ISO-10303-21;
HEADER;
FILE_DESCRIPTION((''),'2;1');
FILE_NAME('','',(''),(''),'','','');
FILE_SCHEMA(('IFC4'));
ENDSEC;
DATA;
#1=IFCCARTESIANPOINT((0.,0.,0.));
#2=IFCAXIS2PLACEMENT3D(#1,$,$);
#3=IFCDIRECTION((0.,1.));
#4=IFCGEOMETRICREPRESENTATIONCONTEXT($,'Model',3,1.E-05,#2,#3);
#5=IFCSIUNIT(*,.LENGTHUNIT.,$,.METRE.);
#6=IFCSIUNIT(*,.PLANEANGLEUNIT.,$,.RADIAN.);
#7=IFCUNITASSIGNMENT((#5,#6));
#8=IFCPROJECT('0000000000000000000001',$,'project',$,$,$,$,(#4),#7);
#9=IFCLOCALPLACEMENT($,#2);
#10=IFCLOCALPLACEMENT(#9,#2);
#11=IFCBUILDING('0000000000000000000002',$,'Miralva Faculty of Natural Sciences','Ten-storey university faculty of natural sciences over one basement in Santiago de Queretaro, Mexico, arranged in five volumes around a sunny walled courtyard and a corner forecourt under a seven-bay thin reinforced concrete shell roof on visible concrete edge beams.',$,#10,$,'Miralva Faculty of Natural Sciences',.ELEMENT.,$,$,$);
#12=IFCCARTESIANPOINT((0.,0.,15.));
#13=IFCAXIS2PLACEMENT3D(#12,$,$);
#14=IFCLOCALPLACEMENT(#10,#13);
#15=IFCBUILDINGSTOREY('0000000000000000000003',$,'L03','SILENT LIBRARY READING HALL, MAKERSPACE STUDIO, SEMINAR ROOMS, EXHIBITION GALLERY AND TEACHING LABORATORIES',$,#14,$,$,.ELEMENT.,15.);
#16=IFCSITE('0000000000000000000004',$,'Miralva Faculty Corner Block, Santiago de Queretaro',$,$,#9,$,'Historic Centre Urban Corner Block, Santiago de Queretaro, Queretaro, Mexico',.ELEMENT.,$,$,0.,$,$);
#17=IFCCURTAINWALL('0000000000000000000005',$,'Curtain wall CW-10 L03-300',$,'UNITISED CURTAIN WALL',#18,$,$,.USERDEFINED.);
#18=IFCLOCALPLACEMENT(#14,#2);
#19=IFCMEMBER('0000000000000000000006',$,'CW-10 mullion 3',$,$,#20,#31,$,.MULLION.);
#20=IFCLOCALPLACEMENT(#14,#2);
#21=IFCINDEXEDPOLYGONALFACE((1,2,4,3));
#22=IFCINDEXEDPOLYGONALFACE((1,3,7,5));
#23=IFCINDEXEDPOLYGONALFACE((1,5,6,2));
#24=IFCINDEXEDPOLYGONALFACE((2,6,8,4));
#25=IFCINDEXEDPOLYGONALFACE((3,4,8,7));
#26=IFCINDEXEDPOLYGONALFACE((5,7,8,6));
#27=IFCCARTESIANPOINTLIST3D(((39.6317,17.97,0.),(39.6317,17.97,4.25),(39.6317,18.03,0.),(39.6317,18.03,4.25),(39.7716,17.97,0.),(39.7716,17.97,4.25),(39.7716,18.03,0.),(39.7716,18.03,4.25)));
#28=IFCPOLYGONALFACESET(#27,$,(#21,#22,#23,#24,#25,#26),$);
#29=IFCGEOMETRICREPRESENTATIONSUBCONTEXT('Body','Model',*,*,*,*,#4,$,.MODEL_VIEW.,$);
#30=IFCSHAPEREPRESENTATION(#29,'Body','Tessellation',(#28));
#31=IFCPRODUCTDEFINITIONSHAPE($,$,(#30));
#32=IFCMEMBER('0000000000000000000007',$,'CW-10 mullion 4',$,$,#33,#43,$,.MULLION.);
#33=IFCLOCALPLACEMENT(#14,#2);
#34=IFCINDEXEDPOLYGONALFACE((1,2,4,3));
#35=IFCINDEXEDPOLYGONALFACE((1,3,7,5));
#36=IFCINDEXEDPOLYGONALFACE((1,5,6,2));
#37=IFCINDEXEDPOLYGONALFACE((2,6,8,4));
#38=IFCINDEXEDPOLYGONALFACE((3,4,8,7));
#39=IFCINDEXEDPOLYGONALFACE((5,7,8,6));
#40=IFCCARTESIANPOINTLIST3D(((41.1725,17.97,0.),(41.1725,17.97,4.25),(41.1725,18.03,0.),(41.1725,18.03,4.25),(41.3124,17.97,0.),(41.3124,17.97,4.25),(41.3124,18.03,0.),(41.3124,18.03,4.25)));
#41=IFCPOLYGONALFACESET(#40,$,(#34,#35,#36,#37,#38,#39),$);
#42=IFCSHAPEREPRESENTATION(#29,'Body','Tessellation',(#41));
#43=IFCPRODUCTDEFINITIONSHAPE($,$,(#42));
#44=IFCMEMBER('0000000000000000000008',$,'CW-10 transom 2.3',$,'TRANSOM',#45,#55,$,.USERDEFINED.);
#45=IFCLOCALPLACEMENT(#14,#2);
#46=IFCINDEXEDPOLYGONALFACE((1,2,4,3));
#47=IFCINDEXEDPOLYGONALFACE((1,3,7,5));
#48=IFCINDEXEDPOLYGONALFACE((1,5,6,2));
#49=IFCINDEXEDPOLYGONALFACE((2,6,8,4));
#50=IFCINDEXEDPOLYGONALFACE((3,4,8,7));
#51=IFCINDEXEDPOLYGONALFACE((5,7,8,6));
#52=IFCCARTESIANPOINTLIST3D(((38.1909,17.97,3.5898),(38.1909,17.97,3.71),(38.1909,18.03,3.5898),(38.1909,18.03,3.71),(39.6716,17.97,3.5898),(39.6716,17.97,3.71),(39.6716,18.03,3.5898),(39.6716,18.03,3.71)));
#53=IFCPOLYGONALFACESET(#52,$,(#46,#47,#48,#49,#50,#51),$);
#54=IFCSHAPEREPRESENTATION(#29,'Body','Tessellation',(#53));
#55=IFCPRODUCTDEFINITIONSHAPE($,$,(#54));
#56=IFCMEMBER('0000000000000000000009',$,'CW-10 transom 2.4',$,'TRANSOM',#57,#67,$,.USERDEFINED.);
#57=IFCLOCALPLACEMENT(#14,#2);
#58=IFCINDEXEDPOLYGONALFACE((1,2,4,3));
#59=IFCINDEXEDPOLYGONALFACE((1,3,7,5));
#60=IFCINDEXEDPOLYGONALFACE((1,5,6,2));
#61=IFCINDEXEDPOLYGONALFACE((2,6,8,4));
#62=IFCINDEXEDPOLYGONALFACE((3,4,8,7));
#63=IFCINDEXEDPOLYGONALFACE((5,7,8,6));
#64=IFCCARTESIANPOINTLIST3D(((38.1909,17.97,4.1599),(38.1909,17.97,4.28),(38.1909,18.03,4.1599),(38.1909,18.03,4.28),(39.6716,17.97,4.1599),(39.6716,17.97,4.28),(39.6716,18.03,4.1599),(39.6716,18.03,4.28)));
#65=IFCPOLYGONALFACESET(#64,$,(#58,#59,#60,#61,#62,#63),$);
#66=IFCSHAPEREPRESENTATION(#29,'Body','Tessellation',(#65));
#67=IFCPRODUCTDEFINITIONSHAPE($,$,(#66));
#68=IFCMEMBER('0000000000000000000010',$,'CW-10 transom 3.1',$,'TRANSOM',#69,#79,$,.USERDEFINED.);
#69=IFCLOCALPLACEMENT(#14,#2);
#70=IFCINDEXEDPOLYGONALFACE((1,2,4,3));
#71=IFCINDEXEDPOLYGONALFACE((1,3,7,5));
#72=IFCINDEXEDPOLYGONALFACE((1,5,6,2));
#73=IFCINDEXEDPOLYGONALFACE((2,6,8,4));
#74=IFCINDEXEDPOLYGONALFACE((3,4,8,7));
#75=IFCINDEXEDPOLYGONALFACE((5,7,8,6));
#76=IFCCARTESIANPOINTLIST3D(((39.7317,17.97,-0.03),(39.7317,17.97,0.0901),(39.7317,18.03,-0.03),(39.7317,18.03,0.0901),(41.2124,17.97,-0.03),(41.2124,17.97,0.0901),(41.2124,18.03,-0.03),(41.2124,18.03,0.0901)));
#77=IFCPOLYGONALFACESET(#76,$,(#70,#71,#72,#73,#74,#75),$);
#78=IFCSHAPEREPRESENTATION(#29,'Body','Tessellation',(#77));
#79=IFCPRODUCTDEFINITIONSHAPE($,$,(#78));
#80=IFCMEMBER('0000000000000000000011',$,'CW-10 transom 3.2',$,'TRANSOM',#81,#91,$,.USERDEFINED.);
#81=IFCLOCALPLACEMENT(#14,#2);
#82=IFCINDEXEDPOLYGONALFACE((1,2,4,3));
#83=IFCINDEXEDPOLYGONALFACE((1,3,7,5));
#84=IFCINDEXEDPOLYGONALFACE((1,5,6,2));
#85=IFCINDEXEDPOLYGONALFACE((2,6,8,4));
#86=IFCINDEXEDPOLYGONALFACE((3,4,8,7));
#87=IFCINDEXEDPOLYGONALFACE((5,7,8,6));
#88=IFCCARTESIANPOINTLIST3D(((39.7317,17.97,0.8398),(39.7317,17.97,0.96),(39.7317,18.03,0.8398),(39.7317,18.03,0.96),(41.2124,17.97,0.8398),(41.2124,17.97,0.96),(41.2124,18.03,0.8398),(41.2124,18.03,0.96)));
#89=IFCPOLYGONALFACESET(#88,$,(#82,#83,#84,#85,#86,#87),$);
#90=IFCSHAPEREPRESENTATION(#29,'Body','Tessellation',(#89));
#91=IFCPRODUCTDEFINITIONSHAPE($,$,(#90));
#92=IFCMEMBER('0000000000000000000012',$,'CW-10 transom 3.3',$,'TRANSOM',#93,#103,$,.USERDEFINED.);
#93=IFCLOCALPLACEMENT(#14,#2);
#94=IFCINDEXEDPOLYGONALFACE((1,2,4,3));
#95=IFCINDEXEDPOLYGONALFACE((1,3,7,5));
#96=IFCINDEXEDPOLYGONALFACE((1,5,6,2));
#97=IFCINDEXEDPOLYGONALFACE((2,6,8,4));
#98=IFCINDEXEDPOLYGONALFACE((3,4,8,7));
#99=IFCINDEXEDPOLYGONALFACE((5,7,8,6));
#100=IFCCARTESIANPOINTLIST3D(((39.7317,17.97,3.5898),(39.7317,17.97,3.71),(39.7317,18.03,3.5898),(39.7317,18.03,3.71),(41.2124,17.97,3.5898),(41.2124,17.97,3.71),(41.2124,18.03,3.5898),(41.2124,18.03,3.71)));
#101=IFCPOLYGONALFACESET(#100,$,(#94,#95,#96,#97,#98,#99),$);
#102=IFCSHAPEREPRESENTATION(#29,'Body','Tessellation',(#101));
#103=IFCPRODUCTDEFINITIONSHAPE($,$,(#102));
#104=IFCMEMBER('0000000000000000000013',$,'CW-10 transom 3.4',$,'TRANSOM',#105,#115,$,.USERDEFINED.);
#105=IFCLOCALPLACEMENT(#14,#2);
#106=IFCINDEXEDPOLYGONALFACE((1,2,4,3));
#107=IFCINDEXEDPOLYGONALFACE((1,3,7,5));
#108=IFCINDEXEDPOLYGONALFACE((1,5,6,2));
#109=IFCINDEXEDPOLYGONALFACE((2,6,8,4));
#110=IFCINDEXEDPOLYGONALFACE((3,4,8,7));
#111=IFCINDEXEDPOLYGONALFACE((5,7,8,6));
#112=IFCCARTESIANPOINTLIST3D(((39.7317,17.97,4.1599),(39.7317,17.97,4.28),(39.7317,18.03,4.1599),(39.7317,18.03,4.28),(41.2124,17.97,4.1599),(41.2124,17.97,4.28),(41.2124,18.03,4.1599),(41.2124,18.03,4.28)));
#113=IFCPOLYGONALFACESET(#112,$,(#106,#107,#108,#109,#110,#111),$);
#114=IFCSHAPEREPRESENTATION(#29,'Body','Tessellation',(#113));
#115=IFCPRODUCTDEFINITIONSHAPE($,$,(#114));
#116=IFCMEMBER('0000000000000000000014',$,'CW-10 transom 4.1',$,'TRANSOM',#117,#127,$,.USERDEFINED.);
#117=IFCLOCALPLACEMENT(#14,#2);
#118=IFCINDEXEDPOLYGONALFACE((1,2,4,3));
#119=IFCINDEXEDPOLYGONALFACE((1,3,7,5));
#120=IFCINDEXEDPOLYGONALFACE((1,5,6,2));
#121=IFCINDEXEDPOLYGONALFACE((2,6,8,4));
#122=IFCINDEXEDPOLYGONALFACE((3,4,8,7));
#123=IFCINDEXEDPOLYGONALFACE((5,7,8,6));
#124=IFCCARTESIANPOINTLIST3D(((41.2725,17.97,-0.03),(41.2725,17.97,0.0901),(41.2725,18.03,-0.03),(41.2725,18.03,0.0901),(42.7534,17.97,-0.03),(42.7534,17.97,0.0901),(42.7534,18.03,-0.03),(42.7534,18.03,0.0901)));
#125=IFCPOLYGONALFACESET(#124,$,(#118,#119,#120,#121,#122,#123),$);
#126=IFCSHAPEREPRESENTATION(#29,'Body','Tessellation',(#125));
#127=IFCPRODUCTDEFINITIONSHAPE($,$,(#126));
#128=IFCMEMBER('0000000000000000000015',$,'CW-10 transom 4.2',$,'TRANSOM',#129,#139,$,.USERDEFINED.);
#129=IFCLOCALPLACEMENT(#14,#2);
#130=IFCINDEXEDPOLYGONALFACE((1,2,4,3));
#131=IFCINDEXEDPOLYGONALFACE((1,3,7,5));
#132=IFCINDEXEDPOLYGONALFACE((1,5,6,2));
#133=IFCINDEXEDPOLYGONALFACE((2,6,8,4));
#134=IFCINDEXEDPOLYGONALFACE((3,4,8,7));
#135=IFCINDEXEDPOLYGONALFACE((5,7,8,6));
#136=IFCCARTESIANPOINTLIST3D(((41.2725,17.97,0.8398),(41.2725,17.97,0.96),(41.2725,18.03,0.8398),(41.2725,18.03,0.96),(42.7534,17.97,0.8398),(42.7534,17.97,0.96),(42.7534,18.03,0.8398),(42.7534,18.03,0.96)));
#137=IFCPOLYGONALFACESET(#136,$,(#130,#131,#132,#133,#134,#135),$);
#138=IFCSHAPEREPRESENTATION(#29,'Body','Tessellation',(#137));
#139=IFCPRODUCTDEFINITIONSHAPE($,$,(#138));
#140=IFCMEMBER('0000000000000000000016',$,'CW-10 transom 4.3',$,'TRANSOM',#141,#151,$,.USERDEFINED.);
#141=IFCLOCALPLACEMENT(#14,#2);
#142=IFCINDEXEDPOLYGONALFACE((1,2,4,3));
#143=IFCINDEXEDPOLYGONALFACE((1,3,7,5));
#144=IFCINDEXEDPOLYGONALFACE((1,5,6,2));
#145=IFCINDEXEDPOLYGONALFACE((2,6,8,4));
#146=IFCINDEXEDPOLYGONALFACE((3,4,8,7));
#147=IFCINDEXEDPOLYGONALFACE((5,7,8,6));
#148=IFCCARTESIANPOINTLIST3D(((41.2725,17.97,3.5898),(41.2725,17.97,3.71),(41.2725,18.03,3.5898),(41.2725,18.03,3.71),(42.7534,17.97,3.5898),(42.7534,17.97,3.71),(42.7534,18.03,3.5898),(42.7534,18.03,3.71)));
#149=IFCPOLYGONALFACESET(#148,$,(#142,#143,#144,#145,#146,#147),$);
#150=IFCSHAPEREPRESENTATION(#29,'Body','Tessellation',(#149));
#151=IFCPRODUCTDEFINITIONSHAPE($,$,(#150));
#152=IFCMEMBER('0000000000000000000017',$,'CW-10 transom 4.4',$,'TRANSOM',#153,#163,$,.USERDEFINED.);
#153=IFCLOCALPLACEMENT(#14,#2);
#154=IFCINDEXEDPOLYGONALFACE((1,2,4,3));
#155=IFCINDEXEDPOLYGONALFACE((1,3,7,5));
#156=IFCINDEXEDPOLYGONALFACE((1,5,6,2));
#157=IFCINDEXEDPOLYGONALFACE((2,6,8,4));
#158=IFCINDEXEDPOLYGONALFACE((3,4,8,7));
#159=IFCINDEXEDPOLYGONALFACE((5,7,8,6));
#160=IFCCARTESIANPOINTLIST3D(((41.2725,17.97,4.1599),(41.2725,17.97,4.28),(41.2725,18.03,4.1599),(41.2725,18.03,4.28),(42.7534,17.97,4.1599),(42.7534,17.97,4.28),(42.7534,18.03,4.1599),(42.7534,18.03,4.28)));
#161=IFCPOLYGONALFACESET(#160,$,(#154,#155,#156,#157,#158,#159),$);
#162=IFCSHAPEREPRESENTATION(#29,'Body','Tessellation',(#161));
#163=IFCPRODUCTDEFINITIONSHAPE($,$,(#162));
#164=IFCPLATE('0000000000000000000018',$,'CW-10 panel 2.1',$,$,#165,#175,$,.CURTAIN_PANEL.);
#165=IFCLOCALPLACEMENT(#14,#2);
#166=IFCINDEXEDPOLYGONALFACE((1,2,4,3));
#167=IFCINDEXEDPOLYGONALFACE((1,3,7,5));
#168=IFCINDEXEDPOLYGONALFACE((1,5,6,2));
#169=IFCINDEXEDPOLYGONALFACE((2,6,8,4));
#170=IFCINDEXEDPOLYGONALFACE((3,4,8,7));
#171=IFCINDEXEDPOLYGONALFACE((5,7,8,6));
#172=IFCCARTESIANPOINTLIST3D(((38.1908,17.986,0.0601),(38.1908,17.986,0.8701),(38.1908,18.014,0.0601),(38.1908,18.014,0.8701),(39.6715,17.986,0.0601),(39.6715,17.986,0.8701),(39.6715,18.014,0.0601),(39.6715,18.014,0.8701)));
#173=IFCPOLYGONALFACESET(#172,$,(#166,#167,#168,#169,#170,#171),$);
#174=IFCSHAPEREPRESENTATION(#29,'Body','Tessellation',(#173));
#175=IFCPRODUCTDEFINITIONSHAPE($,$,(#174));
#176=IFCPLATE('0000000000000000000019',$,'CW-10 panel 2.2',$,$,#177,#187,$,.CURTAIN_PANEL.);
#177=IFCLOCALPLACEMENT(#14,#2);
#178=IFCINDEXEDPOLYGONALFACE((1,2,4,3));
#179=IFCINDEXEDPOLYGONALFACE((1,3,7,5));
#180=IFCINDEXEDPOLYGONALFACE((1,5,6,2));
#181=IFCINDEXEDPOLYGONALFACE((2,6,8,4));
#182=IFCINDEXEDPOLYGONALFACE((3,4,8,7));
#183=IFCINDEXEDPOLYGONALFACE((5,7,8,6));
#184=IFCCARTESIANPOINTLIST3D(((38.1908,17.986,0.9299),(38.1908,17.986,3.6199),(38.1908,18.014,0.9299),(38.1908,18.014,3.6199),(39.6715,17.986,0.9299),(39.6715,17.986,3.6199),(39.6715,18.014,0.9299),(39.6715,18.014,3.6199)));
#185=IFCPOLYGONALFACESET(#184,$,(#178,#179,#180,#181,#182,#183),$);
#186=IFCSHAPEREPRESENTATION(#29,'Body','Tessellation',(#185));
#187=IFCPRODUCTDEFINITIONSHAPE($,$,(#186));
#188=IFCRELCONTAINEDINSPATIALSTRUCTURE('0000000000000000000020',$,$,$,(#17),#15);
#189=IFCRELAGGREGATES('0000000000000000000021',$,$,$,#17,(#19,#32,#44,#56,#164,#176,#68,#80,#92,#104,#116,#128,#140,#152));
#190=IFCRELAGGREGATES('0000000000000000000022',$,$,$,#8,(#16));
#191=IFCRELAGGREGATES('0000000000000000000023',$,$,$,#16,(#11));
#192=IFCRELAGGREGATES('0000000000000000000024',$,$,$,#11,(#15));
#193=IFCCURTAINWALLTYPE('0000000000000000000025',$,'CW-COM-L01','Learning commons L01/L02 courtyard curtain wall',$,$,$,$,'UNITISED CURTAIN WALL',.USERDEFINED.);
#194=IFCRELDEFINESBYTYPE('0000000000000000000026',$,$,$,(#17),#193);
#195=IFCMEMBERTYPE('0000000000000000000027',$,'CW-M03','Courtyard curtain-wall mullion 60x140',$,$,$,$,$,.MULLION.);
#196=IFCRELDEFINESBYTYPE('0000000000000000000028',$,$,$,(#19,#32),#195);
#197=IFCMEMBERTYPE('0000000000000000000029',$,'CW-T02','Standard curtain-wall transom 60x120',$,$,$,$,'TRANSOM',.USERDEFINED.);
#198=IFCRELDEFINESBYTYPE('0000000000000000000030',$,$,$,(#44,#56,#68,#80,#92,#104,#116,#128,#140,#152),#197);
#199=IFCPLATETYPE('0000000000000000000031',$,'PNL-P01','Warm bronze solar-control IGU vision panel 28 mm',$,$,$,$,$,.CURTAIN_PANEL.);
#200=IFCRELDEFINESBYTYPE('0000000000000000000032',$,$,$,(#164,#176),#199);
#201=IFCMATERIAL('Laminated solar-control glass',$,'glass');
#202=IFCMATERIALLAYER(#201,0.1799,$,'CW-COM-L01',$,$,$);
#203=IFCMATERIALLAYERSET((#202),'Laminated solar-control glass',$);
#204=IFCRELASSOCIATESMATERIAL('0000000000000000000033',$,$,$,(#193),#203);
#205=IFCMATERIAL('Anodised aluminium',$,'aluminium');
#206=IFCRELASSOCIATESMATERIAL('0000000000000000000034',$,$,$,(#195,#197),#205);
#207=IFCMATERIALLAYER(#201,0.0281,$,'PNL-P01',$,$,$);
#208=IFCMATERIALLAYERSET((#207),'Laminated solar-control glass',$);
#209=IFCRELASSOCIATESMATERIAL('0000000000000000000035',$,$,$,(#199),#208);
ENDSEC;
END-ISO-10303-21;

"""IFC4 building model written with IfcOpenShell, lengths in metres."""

from ifc_helpers import new_model, si_unit, direction, frame, origin, origin_2d, place, context, subcontext, project, spatial, rectangle, extrude, material, layer, layer_set, material_profile, profile_set, type_object, element, aggregate, save


model = new_model("IFC4")

# Units and contexts
model_context = context("Model", 3, precision=1e-05, world=origin(), true_north=direction((0.0, 1.0)))
body_context = subcontext(model_context, "Body", "Model", "MODEL_VIEW")
ifc_project = project(units=[si_unit("LENGTHUNIT", "METRE"), si_unit("PLANEANGLEUNIT", "RADIAN")], contexts=[model_context])

# Site, building, storey
site_placement = place(None, origin())
site = spatial("IfcSite", under=ifc_project, at=site_placement, Name="Miralva Faculty Corner Block, Santiago de Queretaro", LongName="Historic Centre Urban Corner Block, Santiago de Queretaro, Queretaro, Mexico", CompositionType="ELEMENT", RefElevation=0.0)
building_placement = place(site_placement, origin())
building = spatial("IfcBuilding", under=site, at=building_placement, Name="Miralva Faculty of Natural Sciences", Description="Ten-storey university faculty of natural sciences over one basement in Santiago de Queretaro, Mexico, arranged in five volumes around a sunny walled courtyard and a corner forecourt under a seven-bay thin reinforced concrete shell roof on visible concrete edge beams.", LongName="Miralva Faculty of Natural Sciences", CompositionType="ELEMENT")
storey_placement = place(building_placement, frame((0.0, 0.0, 15.0)))
storey = spatial("IfcBuildingStorey", under=building, at=storey_placement, Name="L03", Description="SILENT LIBRARY READING HALL, MAKERSPACE STUDIO, SEMINAR ROOMS, EXHIBITION GALLERY AND TEACHING LABORATORIES", CompositionType="ELEMENT", Elevation=15.0)

# Curtain wall, members, plates
ifc_material_1 = material(Name="Laminated solar-control glass", Category="glass")
ifc_layer_1 = layer(ifc_material_1, 0.1799, Name="CW-COM-L01")
ifc_layer_set_1 = layer_set([ifc_layer_1], Name="Laminated solar-control glass")
curtain_wall_type = type_object("IfcCurtainWallType", Name="CW-COM-L01", Description="Learning commons L01/L02 courtyard curtain wall", ElementType="UNITISED CURTAIN WALL", PredefinedType="USERDEFINED", material=ifc_layer_set_1)
curtain_wall_placement = place(storey_placement, origin())
curtain_wall = element("IfcCurtainWall", 1, at=curtain_wall_placement, inside=storey, type_object=curtain_wall_type, Name="Curtain wall CW-10 L03-300", ObjectType="UNITISED CURTAIN WALL", PredefinedType="USERDEFINED")
ifc_material_2 = material(Name="Anodised aluminium", Category="aluminium")
ifc_material_profile_1 = material_profile(ifc_material_2, rectangle(XDim=0.0601, YDim=0.1399, at=origin_2d()), Name="MULLION 60x140")
ifc_profile_set_1 = profile_set([ifc_material_profile_1], Name="Anodised aluminium")
member_type_1 = type_object("IfcMemberType", Name="CW-M03", Description="Courtyard curtain-wall mullion 60x140", PredefinedType="MULLION", material=ifc_profile_set_1)
member_1_placement = place(storey_placement, frame((39.7017, 18.0, 0.0), z_axis=(0.0, 0.0, 1.0), x_axis=(0.0, 1.0, 0.0)))
member_1 = element("IfcMember", 2, at=member_1_placement, type_object=member_type_1, Name="CW-10 mullion 3", PredefinedType="MULLION", context=body_context, shape_type="SweptSolid", body=[
    extrude(rectangle(XDim=0.0601, YDim=0.1399, at=origin_2d()), origin(), (0.0, 0.0, 1.0), 4.25),
])
member_2_placement = place(storey_placement, frame((41.2424, 18.0, 0.0), z_axis=(0.0, 0.0, 1.0), x_axis=(0.0, 1.0, 0.0)))
member_2 = element("IfcMember", 3, at=member_2_placement, type_object=member_type_1, Name="CW-10 mullion 4", PredefinedType="MULLION", context=body_context, shape_type="SweptSolid", body=[
    extrude(rectangle(XDim=0.0601, YDim=0.1399, at=origin_2d()), origin(), (0.0, 0.0, 1.0), 4.25),
])
ifc_material_profile_2 = material_profile(ifc_material_2, rectangle(XDim=0.0601, YDim=0.1201, at=origin_2d()), Name="TRANSOM 60x120")
ifc_profile_set_2 = profile_set([ifc_material_profile_2], Name="Anodised aluminium")
member_type_2 = type_object("IfcMemberType", Name="CW-T02", Description="Standard curtain-wall transom 60x120", ElementType="TRANSOM", PredefinedType="USERDEFINED", material=ifc_profile_set_2)
member_3_placement = place(storey_placement, frame((38.1909, 18.0, 3.6499), z_axis=(1.0, 0.0, 0.0), x_axis=(0.0, 1.0, 0.0)))
member_3 = element("IfcMember", 4, at=member_3_placement, type_object=member_type_2, Name="CW-10 transom 2.3", ObjectType="TRANSOM", PredefinedType="USERDEFINED", context=body_context, shape_type="SweptSolid", body=[
    extrude(rectangle(XDim=0.0601, YDim=0.1201, at=origin_2d()), origin(), (0.0, 0.0, 1.0), 1.4807),
])
member_4_placement = place(storey_placement, frame((38.1909, 18.0, 4.22), z_axis=(1.0, 0.0, 0.0), x_axis=(0.0, 1.0, 0.0)))
member_4 = element("IfcMember", 5, at=member_4_placement, type_object=member_type_2, Name="CW-10 transom 2.4", ObjectType="TRANSOM", PredefinedType="USERDEFINED", context=body_context, shape_type="SweptSolid", body=[
    extrude(rectangle(XDim=0.0601, YDim=0.1201, at=origin_2d()), origin(), (0.0, 0.0, 1.0), 1.4807),
])
member_5_placement = place(storey_placement, frame((39.7317, 18.0, 0.03), z_axis=(1.0, 0.0, 0.0), x_axis=(0.0, 1.0, 0.0)))
member_5 = element("IfcMember", 6, at=member_5_placement, type_object=member_type_2, Name="CW-10 transom 3.1", ObjectType="TRANSOM", PredefinedType="USERDEFINED", context=body_context, shape_type="SweptSolid", body=[
    extrude(rectangle(XDim=0.0601, YDim=0.1201, at=origin_2d()), origin(), (0.0, 0.0, 1.0), 1.4807),
])
member_6_placement = place(storey_placement, frame((39.7317, 18.0, 0.8999), z_axis=(1.0, 0.0, 0.0), x_axis=(0.0, 1.0, 0.0)))
member_6 = element("IfcMember", 7, at=member_6_placement, type_object=member_type_2, Name="CW-10 transom 3.2", ObjectType="TRANSOM", PredefinedType="USERDEFINED", context=body_context, shape_type="SweptSolid", body=[
    extrude(rectangle(XDim=0.0601, YDim=0.1201, at=origin_2d()), origin(), (0.0, 0.0, 1.0), 1.4807),
])
member_7_placement = place(storey_placement, frame((39.7317, 18.0, 3.6499), z_axis=(1.0, 0.0, 0.0), x_axis=(0.0, 1.0, 0.0)))
member_7 = element("IfcMember", 8, at=member_7_placement, type_object=member_type_2, Name="CW-10 transom 3.3", ObjectType="TRANSOM", PredefinedType="USERDEFINED", context=body_context, shape_type="SweptSolid", body=[
    extrude(rectangle(XDim=0.0601, YDim=0.1201, at=origin_2d()), origin(), (0.0, 0.0, 1.0), 1.4807),
])
member_8_placement = place(storey_placement, frame((39.7317, 18.0, 4.22), z_axis=(1.0, 0.0, 0.0), x_axis=(0.0, 1.0, 0.0)))
member_8 = element("IfcMember", 9, at=member_8_placement, type_object=member_type_2, Name="CW-10 transom 3.4", ObjectType="TRANSOM", PredefinedType="USERDEFINED", context=body_context, shape_type="SweptSolid", body=[
    extrude(rectangle(XDim=0.0601, YDim=0.1201, at=origin_2d()), origin(), (0.0, 0.0, 1.0), 1.4807),
])
member_9_placement = place(storey_placement, frame((41.2725, 18.0, 0.03), z_axis=(1.0, 0.0, 0.0), x_axis=(0.0, 1.0, 0.0)))
member_9 = element("IfcMember", 10, at=member_9_placement, type_object=member_type_2, Name="CW-10 transom 4.1", ObjectType="TRANSOM", PredefinedType="USERDEFINED", context=body_context, shape_type="SweptSolid", body=[
    extrude(rectangle(XDim=0.0601, YDim=0.1201, at=origin_2d()), origin(), (0.0, 0.0, 1.0), 1.481),
])
member_10_placement = place(storey_placement, frame((41.2725, 18.0, 0.8999), z_axis=(1.0, 0.0, 0.0), x_axis=(0.0, 1.0, 0.0)))
member_10 = element("IfcMember", 11, at=member_10_placement, type_object=member_type_2, Name="CW-10 transom 4.2", ObjectType="TRANSOM", PredefinedType="USERDEFINED", context=body_context, shape_type="SweptSolid", body=[
    extrude(rectangle(XDim=0.0601, YDim=0.1201, at=origin_2d()), origin(), (0.0, 0.0, 1.0), 1.481),
])
member_11_placement = place(storey_placement, frame((41.2725, 18.0, 3.6499), z_axis=(1.0, 0.0, 0.0), x_axis=(0.0, 1.0, 0.0)))
member_11 = element("IfcMember", 12, at=member_11_placement, type_object=member_type_2, Name="CW-10 transom 4.3", ObjectType="TRANSOM", PredefinedType="USERDEFINED", context=body_context, shape_type="SweptSolid", body=[
    extrude(rectangle(XDim=0.0601, YDim=0.1201, at=origin_2d()), origin(), (0.0, 0.0, 1.0), 1.481),
])
member_12_placement = place(storey_placement, frame((41.2725, 18.0, 4.22), z_axis=(1.0, 0.0, 0.0), x_axis=(0.0, 1.0, 0.0)))
member_12 = element("IfcMember", 13, at=member_12_placement, type_object=member_type_2, Name="CW-10 transom 4.4", ObjectType="TRANSOM", PredefinedType="USERDEFINED", context=body_context, shape_type="SweptSolid", body=[
    extrude(rectangle(XDim=0.0601, YDim=0.1201, at=origin_2d()), origin(), (0.0, 0.0, 1.0), 1.481),
])
ifc_layer_2 = layer(ifc_material_1, 0.0281, Name="PNL-P01")
ifc_layer_set_2 = layer_set([ifc_layer_2], Name="Laminated solar-control glass")
plate_type = type_object("IfcPlateType", Name="PNL-P01", Description="Warm bronze solar-control IGU vision panel 28 mm", PredefinedType="CURTAIN_PANEL", material=ifc_layer_set_2)
plate_1_placement = place(storey_placement, frame((38.9312, 18.0, 0.0601), z_axis=(0.0, 0.0, 1.0), x_axis=(1.0, 0.0, 0.0)))
plate_1 = element("IfcPlate", 14, at=plate_1_placement, type_object=plate_type, Name="CW-10 panel 2.1", PredefinedType="CURTAIN_PANEL", context=body_context, shape_type="SweptSolid", body=[
    extrude(rectangle(XDim=1.4807, YDim=0.0281, at=origin_2d()), origin(), (0.0, 0.0, 1.0), 0.8101),
])
plate_2_placement = place(storey_placement, frame((38.9312, 18.0, 0.9299), z_axis=(0.0, 0.0, 1.0), x_axis=(1.0, 0.0, 0.0)))
plate_2 = element("IfcPlate", 15, at=plate_2_placement, type_object=plate_type, Name="CW-10 panel 2.2", PredefinedType="CURTAIN_PANEL", context=body_context, shape_type="SweptSolid", body=[
    extrude(rectangle(XDim=1.4807, YDim=0.0281, at=origin_2d()), origin(), (0.0, 0.0, 1.0), 2.6899),
])
aggregate(curtain_wall, [member_1, member_2, member_3, member_4, plate_1, plate_2, member_5, member_6, member_7, member_8, member_9, member_10, member_11, member_12])

save(model, "model.ifc")
